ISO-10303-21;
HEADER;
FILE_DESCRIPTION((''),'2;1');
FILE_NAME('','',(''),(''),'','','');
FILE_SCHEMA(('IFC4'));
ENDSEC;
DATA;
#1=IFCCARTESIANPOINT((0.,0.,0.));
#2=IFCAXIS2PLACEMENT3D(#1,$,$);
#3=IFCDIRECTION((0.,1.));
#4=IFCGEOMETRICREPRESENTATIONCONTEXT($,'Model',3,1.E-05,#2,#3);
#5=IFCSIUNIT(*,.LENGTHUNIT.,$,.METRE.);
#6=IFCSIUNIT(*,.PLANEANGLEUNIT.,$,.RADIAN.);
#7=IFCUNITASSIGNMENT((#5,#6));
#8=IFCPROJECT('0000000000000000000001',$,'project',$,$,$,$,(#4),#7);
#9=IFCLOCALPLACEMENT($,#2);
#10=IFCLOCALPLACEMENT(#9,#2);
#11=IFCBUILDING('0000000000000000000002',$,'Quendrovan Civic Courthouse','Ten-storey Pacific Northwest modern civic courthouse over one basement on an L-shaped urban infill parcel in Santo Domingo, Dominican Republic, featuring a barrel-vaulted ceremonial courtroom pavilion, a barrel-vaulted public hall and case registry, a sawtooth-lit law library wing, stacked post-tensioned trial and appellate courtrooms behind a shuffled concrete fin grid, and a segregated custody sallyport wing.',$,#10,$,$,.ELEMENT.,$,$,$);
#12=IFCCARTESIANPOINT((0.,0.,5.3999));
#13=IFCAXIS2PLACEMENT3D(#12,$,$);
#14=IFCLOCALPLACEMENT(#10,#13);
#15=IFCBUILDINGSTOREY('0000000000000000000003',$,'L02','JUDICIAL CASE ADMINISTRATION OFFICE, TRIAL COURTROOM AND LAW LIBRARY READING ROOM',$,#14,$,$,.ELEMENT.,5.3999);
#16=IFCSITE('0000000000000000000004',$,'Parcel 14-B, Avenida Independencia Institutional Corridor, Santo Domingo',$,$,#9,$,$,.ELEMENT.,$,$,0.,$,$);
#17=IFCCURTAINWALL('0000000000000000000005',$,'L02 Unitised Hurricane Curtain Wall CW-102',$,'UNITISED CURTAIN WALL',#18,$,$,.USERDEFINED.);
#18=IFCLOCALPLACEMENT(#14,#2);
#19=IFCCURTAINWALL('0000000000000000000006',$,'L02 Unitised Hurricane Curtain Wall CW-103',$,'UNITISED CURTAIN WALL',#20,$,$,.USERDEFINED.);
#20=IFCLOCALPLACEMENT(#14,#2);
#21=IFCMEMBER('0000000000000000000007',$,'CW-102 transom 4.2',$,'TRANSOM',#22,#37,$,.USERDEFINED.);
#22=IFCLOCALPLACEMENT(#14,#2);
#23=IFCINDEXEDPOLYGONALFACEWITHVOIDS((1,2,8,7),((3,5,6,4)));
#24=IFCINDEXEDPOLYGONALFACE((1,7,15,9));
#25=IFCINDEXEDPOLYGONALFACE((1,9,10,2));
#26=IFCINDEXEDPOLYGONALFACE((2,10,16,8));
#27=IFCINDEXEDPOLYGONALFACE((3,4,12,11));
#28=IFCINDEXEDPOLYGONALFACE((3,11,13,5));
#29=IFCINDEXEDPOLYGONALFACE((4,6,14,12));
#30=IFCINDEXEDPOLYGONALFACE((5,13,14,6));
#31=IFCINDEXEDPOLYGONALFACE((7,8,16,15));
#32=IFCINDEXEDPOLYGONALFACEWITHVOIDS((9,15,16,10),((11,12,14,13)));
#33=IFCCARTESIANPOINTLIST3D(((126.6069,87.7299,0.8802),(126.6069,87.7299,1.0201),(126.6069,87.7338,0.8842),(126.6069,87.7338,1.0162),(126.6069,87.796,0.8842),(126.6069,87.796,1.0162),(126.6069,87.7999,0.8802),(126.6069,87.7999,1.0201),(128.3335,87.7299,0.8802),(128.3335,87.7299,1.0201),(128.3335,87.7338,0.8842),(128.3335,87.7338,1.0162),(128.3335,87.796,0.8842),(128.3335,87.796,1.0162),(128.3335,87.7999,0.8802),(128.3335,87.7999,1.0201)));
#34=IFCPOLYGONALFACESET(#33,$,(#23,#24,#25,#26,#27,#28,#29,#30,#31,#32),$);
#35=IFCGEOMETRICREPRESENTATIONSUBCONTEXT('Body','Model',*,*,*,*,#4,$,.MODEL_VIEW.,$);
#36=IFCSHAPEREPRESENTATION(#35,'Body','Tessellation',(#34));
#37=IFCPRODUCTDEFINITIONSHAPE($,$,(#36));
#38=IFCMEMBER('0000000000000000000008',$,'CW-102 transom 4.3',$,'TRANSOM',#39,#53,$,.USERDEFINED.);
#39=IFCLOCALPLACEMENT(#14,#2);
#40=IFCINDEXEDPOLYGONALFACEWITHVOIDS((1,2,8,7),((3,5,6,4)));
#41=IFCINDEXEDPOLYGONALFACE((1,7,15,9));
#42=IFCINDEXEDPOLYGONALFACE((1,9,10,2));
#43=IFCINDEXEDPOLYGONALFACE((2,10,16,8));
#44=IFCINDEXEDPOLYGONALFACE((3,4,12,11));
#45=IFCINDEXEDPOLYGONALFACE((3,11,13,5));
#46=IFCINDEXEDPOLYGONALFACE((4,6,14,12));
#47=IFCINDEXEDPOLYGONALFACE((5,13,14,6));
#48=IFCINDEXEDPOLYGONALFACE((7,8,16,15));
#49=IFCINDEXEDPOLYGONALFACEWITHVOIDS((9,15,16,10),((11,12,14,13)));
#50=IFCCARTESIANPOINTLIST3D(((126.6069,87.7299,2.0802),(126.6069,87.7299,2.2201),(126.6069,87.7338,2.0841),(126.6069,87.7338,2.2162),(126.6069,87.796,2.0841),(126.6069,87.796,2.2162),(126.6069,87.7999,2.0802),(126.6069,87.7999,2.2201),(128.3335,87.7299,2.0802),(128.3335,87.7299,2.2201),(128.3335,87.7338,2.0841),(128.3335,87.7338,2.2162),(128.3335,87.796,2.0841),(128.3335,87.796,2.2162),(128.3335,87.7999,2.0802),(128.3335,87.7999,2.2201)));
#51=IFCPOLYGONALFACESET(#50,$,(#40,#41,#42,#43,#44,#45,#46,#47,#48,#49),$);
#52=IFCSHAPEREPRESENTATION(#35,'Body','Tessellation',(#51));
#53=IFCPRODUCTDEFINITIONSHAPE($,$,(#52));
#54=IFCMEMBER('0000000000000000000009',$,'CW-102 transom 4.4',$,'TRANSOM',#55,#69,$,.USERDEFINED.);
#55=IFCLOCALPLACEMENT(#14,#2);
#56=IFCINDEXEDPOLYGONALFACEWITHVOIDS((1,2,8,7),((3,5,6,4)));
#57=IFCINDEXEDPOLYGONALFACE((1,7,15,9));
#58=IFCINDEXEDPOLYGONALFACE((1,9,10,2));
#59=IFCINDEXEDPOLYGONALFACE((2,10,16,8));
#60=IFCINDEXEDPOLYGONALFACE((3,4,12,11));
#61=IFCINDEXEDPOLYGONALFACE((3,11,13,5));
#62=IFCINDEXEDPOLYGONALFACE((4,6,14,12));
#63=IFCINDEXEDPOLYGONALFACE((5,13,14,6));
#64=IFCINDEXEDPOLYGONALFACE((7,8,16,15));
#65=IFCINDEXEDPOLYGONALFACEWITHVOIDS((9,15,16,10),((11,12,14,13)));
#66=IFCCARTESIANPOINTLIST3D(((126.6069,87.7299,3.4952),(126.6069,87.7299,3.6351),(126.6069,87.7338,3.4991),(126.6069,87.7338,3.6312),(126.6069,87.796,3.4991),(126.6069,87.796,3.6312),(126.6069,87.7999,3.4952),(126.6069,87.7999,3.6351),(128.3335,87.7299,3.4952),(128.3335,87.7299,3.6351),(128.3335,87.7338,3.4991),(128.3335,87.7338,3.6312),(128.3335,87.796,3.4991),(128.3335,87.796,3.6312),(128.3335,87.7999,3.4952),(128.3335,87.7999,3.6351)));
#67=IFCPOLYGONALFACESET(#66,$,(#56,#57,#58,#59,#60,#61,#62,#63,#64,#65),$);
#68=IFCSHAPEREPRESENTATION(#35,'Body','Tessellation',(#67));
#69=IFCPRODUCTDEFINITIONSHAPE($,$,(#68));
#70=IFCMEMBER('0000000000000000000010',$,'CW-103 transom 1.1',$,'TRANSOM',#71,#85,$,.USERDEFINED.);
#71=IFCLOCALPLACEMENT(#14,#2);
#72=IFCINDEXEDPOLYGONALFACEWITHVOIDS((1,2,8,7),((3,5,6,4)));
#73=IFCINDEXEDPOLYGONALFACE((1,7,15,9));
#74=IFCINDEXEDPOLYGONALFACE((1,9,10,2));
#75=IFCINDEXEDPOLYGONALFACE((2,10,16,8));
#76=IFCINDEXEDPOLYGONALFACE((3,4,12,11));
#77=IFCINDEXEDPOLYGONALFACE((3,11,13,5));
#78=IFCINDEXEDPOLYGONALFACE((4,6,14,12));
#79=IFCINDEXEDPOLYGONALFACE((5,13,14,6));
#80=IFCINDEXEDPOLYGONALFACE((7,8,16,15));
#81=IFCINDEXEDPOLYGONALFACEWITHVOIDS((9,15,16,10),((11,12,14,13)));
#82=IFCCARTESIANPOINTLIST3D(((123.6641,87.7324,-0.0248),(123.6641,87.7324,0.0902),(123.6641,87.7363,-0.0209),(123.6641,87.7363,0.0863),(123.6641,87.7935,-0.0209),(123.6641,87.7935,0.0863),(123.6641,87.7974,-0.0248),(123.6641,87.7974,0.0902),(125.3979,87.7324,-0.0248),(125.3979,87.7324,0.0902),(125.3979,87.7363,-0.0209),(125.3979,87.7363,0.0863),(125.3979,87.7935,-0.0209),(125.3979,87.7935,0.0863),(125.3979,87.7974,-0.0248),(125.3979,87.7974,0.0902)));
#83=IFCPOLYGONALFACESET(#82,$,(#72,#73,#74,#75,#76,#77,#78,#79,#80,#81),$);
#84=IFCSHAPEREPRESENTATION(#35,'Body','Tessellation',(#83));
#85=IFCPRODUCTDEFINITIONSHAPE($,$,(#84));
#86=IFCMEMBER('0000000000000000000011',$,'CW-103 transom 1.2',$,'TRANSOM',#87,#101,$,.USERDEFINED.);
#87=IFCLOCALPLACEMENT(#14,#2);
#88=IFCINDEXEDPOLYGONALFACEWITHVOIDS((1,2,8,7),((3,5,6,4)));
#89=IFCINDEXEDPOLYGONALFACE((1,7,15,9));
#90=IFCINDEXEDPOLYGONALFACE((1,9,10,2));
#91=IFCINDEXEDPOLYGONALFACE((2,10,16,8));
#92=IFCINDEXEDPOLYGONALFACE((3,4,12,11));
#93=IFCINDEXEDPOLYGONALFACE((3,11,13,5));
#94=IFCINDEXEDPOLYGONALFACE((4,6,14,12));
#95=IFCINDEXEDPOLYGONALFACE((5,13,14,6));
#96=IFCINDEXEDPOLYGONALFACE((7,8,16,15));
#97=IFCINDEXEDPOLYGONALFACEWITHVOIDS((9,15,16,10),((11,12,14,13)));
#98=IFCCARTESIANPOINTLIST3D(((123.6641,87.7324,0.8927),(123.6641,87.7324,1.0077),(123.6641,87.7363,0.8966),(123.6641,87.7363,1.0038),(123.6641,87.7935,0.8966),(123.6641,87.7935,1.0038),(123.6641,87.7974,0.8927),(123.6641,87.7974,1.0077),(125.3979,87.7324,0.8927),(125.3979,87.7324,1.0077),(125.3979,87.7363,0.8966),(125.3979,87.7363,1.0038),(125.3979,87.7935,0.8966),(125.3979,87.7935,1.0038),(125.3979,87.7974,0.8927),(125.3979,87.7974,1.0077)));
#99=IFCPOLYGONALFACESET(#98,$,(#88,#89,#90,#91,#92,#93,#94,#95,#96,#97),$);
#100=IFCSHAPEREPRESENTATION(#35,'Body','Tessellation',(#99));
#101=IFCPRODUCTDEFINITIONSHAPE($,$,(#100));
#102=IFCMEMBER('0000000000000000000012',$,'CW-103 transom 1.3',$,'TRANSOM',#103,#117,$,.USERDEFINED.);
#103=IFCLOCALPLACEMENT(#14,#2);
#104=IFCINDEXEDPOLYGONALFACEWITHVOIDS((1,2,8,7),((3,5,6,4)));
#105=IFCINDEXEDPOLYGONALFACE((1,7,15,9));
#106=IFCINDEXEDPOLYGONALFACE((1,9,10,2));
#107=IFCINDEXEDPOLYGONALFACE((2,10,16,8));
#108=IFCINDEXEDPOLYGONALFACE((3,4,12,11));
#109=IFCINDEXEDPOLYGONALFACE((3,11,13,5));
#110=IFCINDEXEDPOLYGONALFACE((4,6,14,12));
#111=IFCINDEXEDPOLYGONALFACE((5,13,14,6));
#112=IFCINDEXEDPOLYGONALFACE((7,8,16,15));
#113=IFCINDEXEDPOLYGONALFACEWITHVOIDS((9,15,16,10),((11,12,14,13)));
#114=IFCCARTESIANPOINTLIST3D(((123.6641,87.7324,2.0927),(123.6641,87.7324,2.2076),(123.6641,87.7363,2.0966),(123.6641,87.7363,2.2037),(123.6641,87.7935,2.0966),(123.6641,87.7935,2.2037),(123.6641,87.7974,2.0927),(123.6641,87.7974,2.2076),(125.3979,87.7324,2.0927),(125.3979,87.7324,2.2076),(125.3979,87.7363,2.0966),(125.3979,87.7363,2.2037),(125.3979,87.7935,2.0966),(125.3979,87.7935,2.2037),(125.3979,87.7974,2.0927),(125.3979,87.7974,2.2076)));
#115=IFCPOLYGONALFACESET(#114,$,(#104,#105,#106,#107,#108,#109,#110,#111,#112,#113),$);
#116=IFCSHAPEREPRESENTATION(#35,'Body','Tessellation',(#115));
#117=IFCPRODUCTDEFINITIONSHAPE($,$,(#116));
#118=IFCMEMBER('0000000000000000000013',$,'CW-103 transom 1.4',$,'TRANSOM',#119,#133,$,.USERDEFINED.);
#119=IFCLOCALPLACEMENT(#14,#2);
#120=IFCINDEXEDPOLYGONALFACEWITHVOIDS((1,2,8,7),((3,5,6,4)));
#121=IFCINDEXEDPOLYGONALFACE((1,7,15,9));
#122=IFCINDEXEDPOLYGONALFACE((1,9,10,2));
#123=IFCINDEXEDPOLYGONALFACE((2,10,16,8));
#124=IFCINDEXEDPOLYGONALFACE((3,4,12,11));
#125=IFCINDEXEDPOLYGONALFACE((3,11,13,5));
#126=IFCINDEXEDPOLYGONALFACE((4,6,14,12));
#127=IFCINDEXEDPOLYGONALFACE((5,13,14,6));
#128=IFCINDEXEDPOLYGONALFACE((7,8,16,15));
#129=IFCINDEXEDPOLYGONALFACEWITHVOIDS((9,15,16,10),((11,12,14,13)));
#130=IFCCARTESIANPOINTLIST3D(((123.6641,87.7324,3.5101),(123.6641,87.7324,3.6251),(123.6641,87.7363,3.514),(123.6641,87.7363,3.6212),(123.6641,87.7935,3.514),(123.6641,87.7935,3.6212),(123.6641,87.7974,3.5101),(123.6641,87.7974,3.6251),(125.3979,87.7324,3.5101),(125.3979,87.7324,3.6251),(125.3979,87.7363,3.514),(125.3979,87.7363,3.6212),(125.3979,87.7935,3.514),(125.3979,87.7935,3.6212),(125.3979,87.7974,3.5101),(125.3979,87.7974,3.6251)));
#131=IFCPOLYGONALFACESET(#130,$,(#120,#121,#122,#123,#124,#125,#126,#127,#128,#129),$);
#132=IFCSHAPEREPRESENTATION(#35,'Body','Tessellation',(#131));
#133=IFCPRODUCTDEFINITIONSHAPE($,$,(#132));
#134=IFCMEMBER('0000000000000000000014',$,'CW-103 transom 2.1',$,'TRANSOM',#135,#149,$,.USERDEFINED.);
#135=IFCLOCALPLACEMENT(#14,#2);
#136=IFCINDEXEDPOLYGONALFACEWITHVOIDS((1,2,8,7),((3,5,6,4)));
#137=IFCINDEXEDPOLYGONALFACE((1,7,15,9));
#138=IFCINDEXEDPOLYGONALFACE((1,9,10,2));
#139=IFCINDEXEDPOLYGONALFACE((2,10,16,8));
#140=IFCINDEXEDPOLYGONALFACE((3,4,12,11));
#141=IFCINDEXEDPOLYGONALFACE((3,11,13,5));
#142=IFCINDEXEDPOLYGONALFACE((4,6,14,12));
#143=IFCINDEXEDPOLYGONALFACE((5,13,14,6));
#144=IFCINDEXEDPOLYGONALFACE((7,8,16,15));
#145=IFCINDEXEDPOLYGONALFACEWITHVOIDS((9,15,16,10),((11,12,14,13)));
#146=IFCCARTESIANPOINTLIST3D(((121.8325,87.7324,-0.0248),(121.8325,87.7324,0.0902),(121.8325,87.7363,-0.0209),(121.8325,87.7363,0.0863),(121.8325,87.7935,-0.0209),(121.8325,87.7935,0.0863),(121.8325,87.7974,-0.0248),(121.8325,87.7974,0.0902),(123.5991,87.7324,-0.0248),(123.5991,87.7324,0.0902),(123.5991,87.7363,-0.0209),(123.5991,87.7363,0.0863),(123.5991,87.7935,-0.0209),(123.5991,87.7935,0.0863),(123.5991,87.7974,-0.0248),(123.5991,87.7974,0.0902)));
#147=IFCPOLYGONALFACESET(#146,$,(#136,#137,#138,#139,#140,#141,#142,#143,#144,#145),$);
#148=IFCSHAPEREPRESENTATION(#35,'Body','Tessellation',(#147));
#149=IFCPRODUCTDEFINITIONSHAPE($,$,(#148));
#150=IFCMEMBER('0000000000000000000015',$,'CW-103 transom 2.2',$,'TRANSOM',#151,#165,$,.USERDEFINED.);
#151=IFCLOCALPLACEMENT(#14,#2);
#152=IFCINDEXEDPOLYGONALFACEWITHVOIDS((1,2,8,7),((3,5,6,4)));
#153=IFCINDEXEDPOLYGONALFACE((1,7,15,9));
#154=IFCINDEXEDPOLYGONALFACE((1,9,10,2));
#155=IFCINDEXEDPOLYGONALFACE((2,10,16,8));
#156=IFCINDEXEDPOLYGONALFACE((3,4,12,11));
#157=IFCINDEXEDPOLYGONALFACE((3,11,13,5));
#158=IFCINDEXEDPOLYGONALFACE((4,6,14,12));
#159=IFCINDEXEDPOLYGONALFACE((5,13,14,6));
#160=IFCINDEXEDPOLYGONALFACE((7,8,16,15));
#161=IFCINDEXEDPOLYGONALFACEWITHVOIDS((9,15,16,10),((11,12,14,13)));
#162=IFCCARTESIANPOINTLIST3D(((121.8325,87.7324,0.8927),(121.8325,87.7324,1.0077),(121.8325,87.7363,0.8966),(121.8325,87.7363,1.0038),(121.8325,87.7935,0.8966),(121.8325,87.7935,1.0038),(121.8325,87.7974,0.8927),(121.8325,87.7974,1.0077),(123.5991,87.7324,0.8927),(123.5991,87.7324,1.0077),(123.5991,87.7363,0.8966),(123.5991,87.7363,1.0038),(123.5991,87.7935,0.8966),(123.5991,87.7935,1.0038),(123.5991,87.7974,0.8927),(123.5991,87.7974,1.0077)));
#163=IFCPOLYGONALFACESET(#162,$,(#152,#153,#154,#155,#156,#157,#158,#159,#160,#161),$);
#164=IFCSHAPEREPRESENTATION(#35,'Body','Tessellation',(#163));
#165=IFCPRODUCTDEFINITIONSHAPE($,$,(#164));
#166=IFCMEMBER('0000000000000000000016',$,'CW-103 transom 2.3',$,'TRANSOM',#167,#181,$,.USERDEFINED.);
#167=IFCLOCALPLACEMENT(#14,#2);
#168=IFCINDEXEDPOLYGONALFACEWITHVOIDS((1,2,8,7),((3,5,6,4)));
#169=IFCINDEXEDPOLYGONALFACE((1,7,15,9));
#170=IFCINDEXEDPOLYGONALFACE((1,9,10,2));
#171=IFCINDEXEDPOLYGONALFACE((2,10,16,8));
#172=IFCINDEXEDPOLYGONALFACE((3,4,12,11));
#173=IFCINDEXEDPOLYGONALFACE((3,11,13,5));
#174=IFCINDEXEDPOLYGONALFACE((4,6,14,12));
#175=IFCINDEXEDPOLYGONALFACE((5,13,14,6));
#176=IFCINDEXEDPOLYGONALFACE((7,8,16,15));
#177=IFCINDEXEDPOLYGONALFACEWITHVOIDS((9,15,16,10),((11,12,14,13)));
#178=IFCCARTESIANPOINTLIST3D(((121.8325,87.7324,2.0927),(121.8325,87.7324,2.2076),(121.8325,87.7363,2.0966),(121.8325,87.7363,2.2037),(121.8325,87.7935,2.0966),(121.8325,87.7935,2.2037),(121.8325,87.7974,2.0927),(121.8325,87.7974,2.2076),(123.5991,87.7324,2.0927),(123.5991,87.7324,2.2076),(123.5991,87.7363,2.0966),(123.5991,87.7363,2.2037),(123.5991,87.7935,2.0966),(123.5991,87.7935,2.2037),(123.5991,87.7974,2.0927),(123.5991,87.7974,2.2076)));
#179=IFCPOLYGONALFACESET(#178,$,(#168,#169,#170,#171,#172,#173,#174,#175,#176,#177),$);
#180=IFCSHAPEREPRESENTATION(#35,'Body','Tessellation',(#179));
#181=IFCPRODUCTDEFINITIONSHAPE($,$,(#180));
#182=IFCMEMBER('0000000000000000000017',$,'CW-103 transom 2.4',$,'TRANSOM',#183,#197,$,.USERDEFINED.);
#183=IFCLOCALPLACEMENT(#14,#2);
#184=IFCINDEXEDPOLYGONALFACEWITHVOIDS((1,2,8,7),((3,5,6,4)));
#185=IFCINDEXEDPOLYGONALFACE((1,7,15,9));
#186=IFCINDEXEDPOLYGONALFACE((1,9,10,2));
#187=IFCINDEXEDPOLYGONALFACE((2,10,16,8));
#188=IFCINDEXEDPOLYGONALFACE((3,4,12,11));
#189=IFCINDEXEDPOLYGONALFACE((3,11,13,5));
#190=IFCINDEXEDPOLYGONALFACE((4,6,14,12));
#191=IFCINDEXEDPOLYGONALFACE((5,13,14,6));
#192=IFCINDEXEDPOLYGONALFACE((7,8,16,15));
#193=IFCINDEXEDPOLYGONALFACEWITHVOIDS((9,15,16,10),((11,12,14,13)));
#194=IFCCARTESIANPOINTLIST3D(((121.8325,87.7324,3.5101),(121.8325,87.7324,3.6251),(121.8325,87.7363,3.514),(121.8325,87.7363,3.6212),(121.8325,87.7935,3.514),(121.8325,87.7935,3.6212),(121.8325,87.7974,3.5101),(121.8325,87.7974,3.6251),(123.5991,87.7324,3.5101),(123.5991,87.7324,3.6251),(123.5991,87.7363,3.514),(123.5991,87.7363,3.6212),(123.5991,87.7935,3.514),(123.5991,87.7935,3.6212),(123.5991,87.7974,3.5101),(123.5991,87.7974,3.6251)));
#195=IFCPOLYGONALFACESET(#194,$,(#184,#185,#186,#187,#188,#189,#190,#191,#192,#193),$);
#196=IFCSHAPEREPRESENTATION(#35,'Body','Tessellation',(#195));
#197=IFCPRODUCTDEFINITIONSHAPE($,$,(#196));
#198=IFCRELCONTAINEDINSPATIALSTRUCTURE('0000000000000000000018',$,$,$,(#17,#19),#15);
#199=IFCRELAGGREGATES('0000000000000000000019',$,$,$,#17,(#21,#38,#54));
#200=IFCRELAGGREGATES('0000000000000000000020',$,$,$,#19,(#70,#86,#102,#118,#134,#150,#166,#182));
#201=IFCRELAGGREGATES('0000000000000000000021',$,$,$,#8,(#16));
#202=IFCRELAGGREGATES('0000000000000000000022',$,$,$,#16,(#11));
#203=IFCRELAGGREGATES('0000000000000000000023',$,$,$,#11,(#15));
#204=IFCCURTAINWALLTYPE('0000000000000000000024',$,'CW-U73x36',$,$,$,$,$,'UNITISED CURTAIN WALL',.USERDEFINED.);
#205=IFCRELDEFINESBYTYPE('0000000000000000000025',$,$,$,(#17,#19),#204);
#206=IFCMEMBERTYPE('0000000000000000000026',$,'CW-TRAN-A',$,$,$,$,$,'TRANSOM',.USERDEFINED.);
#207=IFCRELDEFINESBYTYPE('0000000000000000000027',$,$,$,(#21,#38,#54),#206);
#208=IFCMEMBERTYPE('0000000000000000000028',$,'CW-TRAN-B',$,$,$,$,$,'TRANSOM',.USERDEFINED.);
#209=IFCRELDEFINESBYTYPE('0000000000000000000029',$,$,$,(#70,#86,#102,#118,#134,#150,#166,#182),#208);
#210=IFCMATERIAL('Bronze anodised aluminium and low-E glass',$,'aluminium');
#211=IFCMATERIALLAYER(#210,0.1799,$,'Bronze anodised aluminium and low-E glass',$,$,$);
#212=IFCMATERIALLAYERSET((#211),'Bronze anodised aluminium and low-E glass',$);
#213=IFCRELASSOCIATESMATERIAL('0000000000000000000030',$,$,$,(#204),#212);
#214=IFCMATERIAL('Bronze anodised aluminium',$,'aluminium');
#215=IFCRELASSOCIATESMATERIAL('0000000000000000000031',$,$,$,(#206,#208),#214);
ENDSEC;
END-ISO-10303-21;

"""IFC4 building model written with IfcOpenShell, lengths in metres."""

from ifc_helpers import new_model, si_unit, direction, frame, origin, origin_2d, place, context, subcontext, project, spatial, hollow_rectangle, extrude, material, layer, layer_set, material_profile, profile_set, type_object, element, aggregate, save


model = new_model("IFC4")

# Units and contexts
model_context = context("Model", 3, precision=1e-05, world=origin(), true_north=direction((0.0, 1.0)))
body_context = subcontext(model_context, "Body", "Model", "MODEL_VIEW")
ifc_project = project(units=[si_unit("LENGTHUNIT", "METRE"), si_unit("PLANEANGLEUNIT", "RADIAN")], contexts=[model_context])

# Site, building, storey
site_placement = place(None, origin())
site = spatial("IfcSite", under=ifc_project, at=site_placement, Name="Parcel 14-B, Avenida Independencia Institutional Corridor, Santo Domingo", CompositionType="ELEMENT", RefElevation=0.0)
building_placement = place(site_placement, origin())
building = spatial("IfcBuilding", under=site, at=building_placement, Name="Quendrovan Civic Courthouse", Description="Ten-storey Pacific Northwest modern civic courthouse over one basement on an L-shaped urban infill parcel in Santo Domingo, Dominican Republic, featuring a barrel-vaulted ceremonial courtroom pavilion, a barrel-vaulted public hall and case registry, a sawtooth-lit law library wing, stacked post-tensioned trial and appellate courtrooms behind a shuffled concrete fin grid, and a segregated custody sallyport wing.", CompositionType="ELEMENT")
storey_placement = place(building_placement, frame((0.0, 0.0, 5.3999)))
storey = spatial("IfcBuildingStorey", under=building, at=storey_placement, Name="L02", Description="JUDICIAL CASE ADMINISTRATION OFFICE, TRIAL COURTROOM AND LAW LIBRARY READING ROOM", CompositionType="ELEMENT", Elevation=5.3999)

# Curtain walls
ifc_material_1 = material(Name="Bronze anodised aluminium and low-E glass", Category="aluminium")
ifc_layer_1 = layer(ifc_material_1, 0.1799, Name="Bronze anodised aluminium and low-E glass")
ifc_layer_set_1 = layer_set([ifc_layer_1], Name="Bronze anodised aluminium and low-E glass")
curtain_wall_type = type_object("IfcCurtainWallType", Name="CW-U73x36", ElementType="UNITISED CURTAIN WALL", PredefinedType="USERDEFINED", material=ifc_layer_set_1)
curtain_wall_1_placement = place(storey_placement, origin())
curtain_wall_1 = element("IfcCurtainWall", 1, at=curtain_wall_1_placement, inside=storey, type_object=curtain_wall_type, Name="L02 Unitised Hurricane Curtain Wall CW-102", ObjectType="UNITISED CURTAIN WALL", PredefinedType="USERDEFINED")
ifc_material_2 = material(Name="Bronze anodised aluminium", Category="aluminium")
curtain_wall_2_placement = place(storey_placement, origin())
curtain_wall_2 = element("IfcCurtainWall", 2, at=curtain_wall_2_placement, inside=storey, type_object=curtain_wall_type, Name="L02 Unitised Hurricane Curtain Wall CW-103", ObjectType="UNITISED CURTAIN WALL", PredefinedType="USERDEFINED")

# Members
ifc_material_profile_1 = material_profile(ifc_material_2, hollow_rectangle(XDim=0.0701, YDim=0.1399, WallThickness=0.0039, at=origin_2d()), Name="CW-TRAN-70x140")
ifc_profile_set_1 = profile_set([ifc_material_profile_1], Name="Bronze anodised aluminium")
member_type_1 = type_object("IfcMemberType", Name="CW-TRAN-A", ElementType="TRANSOM", PredefinedType="USERDEFINED", material=ifc_profile_set_1)
member_1_placement = place(storey_placement, frame((128.3335, 87.7649, 0.9502), z_axis=(-1.0, 0.0, 0.0), x_axis=(0.0, -1.0, 0.0)))
member_1 = element("IfcMember", 3, at=member_1_placement, type_object=member_type_1, Name="CW-102 transom 4.2", ObjectType="TRANSOM", PredefinedType="USERDEFINED", context=body_context, shape_type="SweptSolid", body=[
    extrude(hollow_rectangle(XDim=0.0701, YDim=0.1399, WallThickness=0.0039, at=origin_2d()), origin(), (0.0, 0.0, 1.0), 1.7266),
])
member_2_placement = place(storey_placement, frame((128.3335, 87.7649, 2.1501), z_axis=(-1.0, 0.0, 0.0), x_axis=(0.0, -1.0, 0.0)))
member_2 = element("IfcMember", 4, at=member_2_placement, type_object=member_type_1, Name="CW-102 transom 4.3", ObjectType="TRANSOM", PredefinedType="USERDEFINED", context=body_context, shape_type="SweptSolid", body=[
    extrude(hollow_rectangle(XDim=0.0701, YDim=0.1399, WallThickness=0.0039, at=origin_2d()), origin(), (0.0, 0.0, 1.0), 1.7266),
])
member_3_placement = place(storey_placement, frame((128.3335, 87.7649, 3.5652), z_axis=(-1.0, 0.0, 0.0), x_axis=(0.0, -1.0, 0.0)))
member_3 = element("IfcMember", 5, at=member_3_placement, type_object=member_type_1, Name="CW-102 transom 4.4", ObjectType="TRANSOM", PredefinedType="USERDEFINED", context=body_context, shape_type="SweptSolid", body=[
    extrude(hollow_rectangle(XDim=0.0701, YDim=0.1399, WallThickness=0.0039, at=origin_2d()), origin(), (0.0, 0.0, 1.0), 1.7266),
])
ifc_material_profile_2 = material_profile(ifc_material_2, hollow_rectangle(XDim=0.0649, YDim=0.115, WallThickness=0.0039, at=origin_2d()), Name="CW-TRAN-65x115")
ifc_profile_set_2 = profile_set([ifc_material_profile_2], Name="Bronze anodised aluminium")
member_type_2 = type_object("IfcMemberType", Name="CW-TRAN-B", ElementType="TRANSOM", PredefinedType="USERDEFINED", material=ifc_profile_set_2)
member_4_placement = place(storey_placement, frame((125.3979, 87.7649, 0.0327), z_axis=(-1.0, 0.0, 0.0), x_axis=(0.0, -1.0, 0.0)))
member_4 = element("IfcMember", 6, at=member_4_placement, type_object=member_type_2, Name="CW-103 transom 1.1", ObjectType="TRANSOM", PredefinedType="USERDEFINED", context=body_context, shape_type="SweptSolid", body=[
    extrude(hollow_rectangle(XDim=0.0649, YDim=0.115, WallThickness=0.0039, at=origin_2d()), origin(), (0.0, 0.0, 1.0), 1.7339),
])
member_5_placement = place(storey_placement, frame((125.3979, 87.7649, 0.9502), z_axis=(-1.0, 0.0, 0.0), x_axis=(0.0, -1.0, 0.0)))
member_5 = element("IfcMember", 7, at=member_5_placement, type_object=member_type_2, Name="CW-103 transom 1.2", ObjectType="TRANSOM", PredefinedType="USERDEFINED", context=body_context, shape_type="SweptSolid", body=[
    extrude(hollow_rectangle(XDim=0.0649, YDim=0.115, WallThickness=0.0039, at=origin_2d()), origin(), (0.0, 0.0, 1.0), 1.7339),
])
member_6_placement = place(storey_placement, frame((125.3979, 87.7649, 2.1501), z_axis=(-1.0, 0.0, 0.0), x_axis=(0.0, -1.0, 0.0)))
member_6 = element("IfcMember", 8, at=member_6_placement, type_object=member_type_2, Name="CW-103 transom 1.3", ObjectType="TRANSOM", PredefinedType="USERDEFINED", context=body_context, shape_type="SweptSolid", body=[
    extrude(hollow_rectangle(XDim=0.0649, YDim=0.115, WallThickness=0.0039, at=origin_2d()), origin(), (0.0, 0.0, 1.0), 1.7339),
])
member_7_placement = place(storey_placement, frame((125.3979, 87.7649, 3.5676), z_axis=(-1.0, 0.0, 0.0), x_axis=(0.0, -1.0, 0.0)))
member_7 = element("IfcMember", 9, at=member_7_placement, type_object=member_type_2, Name="CW-103 transom 1.4", ObjectType="TRANSOM", PredefinedType="USERDEFINED", context=body_context, shape_type="SweptSolid", body=[
    extrude(hollow_rectangle(XDim=0.0649, YDim=0.115, WallThickness=0.0039, at=origin_2d()), origin(), (0.0, 0.0, 1.0), 1.7339),
])
member_8_placement = place(storey_placement, frame((123.5991, 87.7649, 0.0327), z_axis=(-1.0, 0.0, 0.0), x_axis=(0.0, -1.0, 0.0)))
member_8 = element("IfcMember", 10, at=member_8_placement, type_object=member_type_2, Name="CW-103 transom 2.1", ObjectType="TRANSOM", PredefinedType="USERDEFINED", context=body_context, shape_type="SweptSolid", body=[
    extrude(hollow_rectangle(XDim=0.0649, YDim=0.115, WallThickness=0.0039, at=origin_2d()), origin(), (0.0, 0.0, 1.0), 1.7666),
])
member_9_placement = place(storey_placement, frame((123.5991, 87.7649, 0.9502), z_axis=(-1.0, 0.0, 0.0), x_axis=(0.0, -1.0, 0.0)))
member_9 = element("IfcMember", 11, at=member_9_placement, type_object=member_type_2, Name="CW-103 transom 2.2", ObjectType="TRANSOM", PredefinedType="USERDEFINED", context=body_context, shape_type="SweptSolid", body=[
    extrude(hollow_rectangle(XDim=0.0649, YDim=0.115, WallThickness=0.0039, at=origin_2d()), origin(), (0.0, 0.0, 1.0), 1.7666),
])
member_10_placement = place(storey_placement, frame((123.5991, 87.7649, 2.1501), z_axis=(-1.0, 0.0, 0.0), x_axis=(0.0, -1.0, 0.0)))
member_10 = element("IfcMember", 12, at=member_10_placement, type_object=member_type_2, Name="CW-103 transom 2.3", ObjectType="TRANSOM", PredefinedType="USERDEFINED", context=body_context, shape_type="SweptSolid", body=[
    extrude(hollow_rectangle(XDim=0.0649, YDim=0.115, WallThickness=0.0039, at=origin_2d()), origin(), (0.0, 0.0, 1.0), 1.7666),
])
member_11_placement = place(storey_placement, frame((123.5991, 87.7649, 3.5676), z_axis=(-1.0, 0.0, 0.0), x_axis=(0.0, -1.0, 0.0)))
member_11 = element("IfcMember", 13, at=member_11_placement, type_object=member_type_2, Name="CW-103 transom 2.4", ObjectType="TRANSOM", PredefinedType="USERDEFINED", context=body_context, shape_type="SweptSolid", body=[
    extrude(hollow_rectangle(XDim=0.0649, YDim=0.115, WallThickness=0.0039, at=origin_2d()), origin(), (0.0, 0.0, 1.0), 1.7666),
])

aggregate(curtain_wall_1, [member_1, member_2, member_3])
aggregate(curtain_wall_2, [member_4, member_5, member_6, member_7, member_8, member_9, member_10, member_11])

save(model, "model.ifc")
